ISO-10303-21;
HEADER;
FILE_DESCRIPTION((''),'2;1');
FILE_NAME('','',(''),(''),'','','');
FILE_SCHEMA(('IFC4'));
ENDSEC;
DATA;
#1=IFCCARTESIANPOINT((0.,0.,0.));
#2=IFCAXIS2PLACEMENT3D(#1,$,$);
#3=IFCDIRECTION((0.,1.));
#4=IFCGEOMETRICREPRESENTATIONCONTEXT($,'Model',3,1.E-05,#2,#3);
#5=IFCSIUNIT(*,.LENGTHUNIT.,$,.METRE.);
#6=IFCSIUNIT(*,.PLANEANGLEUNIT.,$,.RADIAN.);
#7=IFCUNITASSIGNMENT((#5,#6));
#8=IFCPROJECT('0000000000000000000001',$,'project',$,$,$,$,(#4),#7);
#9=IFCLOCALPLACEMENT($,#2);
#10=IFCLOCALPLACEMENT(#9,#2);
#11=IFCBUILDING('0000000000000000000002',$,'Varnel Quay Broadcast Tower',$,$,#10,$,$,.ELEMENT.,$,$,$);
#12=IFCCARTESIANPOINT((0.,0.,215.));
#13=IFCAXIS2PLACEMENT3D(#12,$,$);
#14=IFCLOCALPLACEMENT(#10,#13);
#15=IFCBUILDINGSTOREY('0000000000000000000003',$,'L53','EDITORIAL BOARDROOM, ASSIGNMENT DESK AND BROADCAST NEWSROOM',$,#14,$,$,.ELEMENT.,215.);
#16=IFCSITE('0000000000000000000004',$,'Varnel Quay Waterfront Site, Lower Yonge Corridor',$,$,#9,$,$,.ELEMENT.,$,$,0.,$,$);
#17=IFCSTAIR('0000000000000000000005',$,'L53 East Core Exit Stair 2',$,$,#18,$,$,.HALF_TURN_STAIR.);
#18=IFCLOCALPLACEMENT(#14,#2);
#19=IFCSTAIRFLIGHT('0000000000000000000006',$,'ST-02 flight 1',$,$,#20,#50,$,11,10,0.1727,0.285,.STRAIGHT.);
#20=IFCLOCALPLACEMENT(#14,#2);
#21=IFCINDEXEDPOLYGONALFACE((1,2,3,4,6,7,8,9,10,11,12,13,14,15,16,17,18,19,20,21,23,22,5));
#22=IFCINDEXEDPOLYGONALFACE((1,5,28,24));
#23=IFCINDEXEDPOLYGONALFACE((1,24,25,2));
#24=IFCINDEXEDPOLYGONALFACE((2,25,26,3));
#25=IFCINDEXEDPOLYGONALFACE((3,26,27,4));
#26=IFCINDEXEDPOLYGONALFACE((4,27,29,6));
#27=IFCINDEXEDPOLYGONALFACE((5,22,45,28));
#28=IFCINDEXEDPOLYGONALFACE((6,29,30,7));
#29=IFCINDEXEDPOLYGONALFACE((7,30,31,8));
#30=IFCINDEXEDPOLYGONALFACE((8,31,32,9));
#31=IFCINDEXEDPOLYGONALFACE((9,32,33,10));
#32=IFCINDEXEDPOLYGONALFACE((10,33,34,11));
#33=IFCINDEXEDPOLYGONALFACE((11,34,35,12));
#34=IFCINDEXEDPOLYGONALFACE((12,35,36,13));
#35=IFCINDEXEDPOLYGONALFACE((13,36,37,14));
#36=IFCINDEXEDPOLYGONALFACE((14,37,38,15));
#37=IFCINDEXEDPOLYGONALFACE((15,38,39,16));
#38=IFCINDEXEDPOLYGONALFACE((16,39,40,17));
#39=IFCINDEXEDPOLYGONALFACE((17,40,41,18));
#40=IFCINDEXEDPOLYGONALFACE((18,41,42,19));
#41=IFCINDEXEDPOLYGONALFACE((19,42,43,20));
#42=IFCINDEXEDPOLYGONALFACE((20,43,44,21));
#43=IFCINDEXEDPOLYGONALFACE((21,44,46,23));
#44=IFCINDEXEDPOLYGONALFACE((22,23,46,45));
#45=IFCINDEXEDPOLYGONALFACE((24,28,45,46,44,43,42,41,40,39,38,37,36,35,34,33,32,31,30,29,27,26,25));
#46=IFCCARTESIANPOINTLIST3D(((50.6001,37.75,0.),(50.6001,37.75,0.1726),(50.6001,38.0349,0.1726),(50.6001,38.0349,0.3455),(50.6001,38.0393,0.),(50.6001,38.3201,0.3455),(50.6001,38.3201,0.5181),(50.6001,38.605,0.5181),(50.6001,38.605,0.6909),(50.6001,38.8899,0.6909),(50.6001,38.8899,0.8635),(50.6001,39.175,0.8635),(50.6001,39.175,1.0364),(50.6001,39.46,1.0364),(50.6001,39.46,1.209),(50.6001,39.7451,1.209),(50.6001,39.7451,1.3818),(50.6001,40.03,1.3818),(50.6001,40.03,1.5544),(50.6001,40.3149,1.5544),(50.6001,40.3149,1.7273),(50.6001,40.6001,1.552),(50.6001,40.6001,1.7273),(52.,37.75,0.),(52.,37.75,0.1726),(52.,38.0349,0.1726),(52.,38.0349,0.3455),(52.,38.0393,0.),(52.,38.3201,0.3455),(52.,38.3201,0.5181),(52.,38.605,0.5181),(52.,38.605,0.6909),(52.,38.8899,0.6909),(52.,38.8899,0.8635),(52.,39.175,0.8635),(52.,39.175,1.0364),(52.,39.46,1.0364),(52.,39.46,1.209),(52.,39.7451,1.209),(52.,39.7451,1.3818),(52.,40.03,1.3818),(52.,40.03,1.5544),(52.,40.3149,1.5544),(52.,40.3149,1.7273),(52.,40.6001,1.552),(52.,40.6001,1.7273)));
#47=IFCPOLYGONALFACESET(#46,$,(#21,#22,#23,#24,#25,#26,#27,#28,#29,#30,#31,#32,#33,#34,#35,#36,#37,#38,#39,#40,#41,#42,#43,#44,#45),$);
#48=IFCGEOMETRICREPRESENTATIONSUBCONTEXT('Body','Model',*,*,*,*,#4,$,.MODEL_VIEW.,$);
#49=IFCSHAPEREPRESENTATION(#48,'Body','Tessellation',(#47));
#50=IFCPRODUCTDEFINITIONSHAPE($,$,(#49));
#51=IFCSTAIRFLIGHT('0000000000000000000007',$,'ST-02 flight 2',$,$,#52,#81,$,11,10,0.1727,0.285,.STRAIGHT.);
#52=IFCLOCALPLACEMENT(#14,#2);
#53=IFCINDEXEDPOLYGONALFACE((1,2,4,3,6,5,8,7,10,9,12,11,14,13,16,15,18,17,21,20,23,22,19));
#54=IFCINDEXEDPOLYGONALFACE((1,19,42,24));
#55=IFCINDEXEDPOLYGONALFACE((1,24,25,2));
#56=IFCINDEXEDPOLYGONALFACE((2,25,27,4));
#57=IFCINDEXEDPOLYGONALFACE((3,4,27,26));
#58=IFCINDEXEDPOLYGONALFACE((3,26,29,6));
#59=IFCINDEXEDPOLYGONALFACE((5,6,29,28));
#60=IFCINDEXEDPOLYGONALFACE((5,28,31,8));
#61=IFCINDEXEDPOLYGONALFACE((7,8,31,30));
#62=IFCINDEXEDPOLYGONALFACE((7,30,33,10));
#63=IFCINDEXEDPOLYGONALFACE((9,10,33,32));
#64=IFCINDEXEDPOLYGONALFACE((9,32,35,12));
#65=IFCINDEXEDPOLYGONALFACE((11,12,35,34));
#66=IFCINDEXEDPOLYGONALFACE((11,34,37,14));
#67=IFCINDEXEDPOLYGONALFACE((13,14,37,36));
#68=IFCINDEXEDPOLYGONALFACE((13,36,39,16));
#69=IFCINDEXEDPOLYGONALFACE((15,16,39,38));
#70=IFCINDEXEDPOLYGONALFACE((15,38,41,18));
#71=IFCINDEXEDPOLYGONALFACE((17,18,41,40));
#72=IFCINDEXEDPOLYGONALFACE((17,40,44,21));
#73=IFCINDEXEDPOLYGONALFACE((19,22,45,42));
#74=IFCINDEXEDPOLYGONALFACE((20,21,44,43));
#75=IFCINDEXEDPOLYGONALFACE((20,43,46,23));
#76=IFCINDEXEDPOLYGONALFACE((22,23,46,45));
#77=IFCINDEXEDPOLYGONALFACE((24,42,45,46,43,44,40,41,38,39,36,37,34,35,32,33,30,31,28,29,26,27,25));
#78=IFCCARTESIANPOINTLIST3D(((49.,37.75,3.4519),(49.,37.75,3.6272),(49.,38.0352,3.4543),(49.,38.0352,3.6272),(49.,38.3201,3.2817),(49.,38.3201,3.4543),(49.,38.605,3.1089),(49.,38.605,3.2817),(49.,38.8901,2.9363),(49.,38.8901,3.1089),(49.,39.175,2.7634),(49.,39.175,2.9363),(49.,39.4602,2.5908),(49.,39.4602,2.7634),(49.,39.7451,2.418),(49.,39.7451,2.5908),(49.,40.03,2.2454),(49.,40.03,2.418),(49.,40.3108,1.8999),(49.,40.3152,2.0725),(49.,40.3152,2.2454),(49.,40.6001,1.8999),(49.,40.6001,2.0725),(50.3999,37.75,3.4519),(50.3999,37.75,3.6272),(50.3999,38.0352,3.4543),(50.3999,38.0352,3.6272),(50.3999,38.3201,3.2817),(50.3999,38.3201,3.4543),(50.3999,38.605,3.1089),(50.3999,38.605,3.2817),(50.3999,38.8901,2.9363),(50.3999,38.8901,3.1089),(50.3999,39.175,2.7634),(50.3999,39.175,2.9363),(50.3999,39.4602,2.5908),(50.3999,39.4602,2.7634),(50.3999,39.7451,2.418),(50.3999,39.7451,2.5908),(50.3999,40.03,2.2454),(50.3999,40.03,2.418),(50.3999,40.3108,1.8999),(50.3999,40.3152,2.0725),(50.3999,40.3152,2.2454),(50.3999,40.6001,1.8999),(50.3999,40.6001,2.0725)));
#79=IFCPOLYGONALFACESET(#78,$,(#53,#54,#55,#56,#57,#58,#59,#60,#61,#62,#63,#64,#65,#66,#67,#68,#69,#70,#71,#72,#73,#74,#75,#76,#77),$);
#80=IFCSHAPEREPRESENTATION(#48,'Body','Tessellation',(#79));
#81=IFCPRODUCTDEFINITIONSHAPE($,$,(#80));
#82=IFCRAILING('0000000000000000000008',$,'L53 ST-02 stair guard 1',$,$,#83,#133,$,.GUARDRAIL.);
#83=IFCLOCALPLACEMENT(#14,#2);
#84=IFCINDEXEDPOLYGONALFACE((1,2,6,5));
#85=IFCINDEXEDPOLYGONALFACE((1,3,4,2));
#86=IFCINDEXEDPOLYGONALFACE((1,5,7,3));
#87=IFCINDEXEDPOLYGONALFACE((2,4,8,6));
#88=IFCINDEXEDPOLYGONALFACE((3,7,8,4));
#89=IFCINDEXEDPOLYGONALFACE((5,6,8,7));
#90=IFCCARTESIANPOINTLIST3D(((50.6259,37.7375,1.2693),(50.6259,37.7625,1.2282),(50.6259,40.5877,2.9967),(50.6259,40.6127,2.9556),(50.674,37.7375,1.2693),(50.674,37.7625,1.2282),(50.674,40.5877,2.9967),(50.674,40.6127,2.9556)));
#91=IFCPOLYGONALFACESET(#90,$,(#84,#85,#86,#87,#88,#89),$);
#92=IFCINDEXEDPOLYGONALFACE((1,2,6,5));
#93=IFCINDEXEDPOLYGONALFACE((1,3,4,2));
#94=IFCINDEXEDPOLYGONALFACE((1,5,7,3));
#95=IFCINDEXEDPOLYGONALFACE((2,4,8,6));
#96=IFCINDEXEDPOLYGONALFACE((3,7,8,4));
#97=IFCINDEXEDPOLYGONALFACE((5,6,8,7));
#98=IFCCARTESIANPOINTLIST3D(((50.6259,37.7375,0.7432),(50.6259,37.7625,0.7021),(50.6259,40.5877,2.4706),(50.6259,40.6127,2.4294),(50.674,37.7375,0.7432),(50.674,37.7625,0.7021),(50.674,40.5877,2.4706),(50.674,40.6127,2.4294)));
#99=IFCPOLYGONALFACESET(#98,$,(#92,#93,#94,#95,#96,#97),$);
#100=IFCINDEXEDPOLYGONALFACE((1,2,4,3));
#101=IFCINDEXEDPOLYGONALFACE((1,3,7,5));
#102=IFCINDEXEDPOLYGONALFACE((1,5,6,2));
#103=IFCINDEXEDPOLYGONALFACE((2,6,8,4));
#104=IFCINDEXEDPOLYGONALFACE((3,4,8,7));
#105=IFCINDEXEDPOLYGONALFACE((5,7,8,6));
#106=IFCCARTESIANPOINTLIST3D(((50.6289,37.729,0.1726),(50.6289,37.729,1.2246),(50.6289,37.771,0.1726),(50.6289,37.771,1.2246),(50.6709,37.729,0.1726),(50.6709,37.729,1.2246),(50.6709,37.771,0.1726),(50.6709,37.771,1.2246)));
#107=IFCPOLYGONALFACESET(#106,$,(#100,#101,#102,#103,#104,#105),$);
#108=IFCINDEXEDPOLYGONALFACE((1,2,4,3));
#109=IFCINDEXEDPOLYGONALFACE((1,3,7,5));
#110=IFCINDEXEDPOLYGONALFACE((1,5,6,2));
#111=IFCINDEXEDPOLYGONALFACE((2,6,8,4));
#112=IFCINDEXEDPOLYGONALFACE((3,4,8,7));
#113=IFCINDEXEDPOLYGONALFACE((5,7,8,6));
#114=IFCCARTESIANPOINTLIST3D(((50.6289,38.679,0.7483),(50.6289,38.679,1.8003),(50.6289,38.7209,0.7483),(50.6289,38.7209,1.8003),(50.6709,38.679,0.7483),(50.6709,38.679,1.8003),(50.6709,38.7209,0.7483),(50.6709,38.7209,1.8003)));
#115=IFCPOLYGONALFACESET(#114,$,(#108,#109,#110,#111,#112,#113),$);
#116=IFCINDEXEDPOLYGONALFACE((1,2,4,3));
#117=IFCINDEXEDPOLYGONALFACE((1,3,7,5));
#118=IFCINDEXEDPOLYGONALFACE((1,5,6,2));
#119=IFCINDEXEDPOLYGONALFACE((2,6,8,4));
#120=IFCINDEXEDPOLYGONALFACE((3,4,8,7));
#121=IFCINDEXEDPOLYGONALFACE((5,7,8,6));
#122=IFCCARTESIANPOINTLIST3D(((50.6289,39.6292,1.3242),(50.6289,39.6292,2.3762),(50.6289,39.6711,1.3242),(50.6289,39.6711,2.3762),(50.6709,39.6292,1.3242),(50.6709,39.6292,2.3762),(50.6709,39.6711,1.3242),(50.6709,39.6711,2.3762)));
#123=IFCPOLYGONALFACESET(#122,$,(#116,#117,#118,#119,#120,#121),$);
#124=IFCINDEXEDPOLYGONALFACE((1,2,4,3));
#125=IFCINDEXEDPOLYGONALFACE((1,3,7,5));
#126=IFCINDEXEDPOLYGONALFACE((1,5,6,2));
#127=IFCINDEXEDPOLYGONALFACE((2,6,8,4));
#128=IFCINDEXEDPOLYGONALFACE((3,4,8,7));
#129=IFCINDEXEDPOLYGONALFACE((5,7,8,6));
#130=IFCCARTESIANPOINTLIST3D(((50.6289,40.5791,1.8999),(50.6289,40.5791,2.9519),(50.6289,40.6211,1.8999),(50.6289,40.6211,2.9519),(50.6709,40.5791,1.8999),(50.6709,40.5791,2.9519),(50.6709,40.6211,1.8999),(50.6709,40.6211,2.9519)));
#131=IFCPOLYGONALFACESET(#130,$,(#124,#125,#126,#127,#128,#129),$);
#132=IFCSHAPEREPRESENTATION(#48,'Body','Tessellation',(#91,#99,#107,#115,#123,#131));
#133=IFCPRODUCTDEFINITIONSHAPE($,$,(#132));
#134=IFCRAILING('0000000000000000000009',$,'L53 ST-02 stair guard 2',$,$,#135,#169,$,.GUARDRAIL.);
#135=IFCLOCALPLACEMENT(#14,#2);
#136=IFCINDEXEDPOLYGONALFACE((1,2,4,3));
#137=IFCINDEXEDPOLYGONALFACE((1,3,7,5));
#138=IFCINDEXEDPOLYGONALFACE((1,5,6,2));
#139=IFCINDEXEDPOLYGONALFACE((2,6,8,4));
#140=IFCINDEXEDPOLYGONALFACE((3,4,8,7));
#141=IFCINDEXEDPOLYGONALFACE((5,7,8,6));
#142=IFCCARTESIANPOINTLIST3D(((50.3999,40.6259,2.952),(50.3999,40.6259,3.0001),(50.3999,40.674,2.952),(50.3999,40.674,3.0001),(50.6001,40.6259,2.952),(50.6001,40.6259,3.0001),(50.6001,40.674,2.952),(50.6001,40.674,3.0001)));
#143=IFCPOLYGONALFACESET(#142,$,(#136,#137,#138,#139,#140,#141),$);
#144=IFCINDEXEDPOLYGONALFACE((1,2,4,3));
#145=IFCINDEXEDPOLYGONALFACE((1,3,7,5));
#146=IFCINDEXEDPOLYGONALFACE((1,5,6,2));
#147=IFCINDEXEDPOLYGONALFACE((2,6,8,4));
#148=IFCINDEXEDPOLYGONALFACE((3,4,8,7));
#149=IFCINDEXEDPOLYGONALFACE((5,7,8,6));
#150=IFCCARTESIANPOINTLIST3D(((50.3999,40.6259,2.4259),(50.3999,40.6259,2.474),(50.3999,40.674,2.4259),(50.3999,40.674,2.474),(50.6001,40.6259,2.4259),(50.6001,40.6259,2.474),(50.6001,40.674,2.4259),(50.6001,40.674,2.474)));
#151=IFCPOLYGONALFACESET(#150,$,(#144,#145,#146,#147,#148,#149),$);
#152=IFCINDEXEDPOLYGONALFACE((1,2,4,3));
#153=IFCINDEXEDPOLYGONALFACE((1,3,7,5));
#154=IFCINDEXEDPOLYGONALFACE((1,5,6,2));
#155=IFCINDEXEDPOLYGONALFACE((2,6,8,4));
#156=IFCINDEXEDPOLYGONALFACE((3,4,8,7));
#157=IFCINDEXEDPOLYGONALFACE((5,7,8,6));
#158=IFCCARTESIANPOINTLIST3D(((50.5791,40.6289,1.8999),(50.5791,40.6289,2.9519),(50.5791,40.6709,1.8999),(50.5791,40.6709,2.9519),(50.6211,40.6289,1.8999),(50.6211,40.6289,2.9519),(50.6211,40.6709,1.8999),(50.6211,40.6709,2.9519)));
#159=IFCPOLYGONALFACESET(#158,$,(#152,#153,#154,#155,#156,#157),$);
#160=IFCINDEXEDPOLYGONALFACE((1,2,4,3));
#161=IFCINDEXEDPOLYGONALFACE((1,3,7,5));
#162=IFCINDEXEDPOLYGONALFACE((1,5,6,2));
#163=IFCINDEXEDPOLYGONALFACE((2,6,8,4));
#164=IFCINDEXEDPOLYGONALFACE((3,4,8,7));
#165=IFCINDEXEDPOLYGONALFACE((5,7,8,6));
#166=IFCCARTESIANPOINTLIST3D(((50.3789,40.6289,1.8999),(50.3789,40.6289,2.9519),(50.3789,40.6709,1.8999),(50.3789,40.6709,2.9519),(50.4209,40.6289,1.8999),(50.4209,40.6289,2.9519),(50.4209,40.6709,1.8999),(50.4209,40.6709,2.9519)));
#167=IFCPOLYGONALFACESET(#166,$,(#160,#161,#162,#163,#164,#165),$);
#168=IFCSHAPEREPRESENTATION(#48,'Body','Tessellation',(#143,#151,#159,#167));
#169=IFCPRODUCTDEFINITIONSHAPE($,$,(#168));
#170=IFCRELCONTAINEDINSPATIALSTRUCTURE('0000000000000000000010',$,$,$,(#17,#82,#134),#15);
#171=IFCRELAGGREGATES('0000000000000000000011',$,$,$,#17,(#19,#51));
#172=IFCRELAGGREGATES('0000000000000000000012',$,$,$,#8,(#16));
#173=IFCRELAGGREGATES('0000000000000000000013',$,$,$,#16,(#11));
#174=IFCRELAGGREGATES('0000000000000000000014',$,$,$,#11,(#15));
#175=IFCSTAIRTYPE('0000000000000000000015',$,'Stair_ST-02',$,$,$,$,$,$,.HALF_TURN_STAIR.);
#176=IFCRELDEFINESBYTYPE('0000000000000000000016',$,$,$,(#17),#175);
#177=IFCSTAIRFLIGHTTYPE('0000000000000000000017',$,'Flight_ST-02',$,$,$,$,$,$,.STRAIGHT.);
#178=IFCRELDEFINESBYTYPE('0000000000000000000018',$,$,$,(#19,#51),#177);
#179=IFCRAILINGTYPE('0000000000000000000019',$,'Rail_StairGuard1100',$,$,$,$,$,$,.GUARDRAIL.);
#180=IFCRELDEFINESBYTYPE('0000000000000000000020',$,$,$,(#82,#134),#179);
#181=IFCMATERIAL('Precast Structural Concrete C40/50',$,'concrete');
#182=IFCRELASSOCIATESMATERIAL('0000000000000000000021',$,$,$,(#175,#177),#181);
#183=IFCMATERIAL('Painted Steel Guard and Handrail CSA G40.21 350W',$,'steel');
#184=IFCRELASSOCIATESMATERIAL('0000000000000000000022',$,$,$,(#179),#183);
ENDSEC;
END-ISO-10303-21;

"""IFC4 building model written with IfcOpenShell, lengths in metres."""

from ifc_helpers import new_model, si_unit, direction, frame, origin, origin_2d, place, context, subcontext, project, spatial, polyline, rectangle, outline, extrude, material, type_object, element, aggregate, save


model = new_model("IFC4")

# Units and contexts
model_context = context("Model", 3, precision=1e-05, world=origin(), true_north=direction((0.0, 1.0)))
body_context = subcontext(model_context, "Body", "Model", "MODEL_VIEW")
ifc_project = project(units=[si_unit("LENGTHUNIT", "METRE"), si_unit("PLANEANGLEUNIT", "RADIAN")], contexts=[model_context])

# Site, building, storey
site_placement = place(None, origin())
site = spatial("IfcSite", under=ifc_project, at=site_placement, Name="Varnel Quay Waterfront Site, Lower Yonge Corridor", CompositionType="ELEMENT", RefElevation=0.0)
building_placement = place(site_placement, origin())
building = spatial("IfcBuilding", under=site, at=building_placement, Name="Varnel Quay Broadcast Tower", CompositionType="ELEMENT")
storey_placement = place(building_placement, frame((0.0, 0.0, 215.0)))
storey = spatial("IfcBuildingStorey", under=building, at=storey_placement, Name="L53", Description="EDITORIAL BOARDROOM, ASSIGNMENT DESK AND BROADCAST NEWSROOM", CompositionType="ELEMENT", Elevation=215.0)

# Stair, stair flights
ifc_material_1 = material(Name="Precast Structural Concrete C40/50", Category="concrete")
stair_type = type_object("IfcStairType", Name="Stair_ST-02", PredefinedType="HALF_TURN_STAIR", material=ifc_material_1)
stair_placement = place(storey_placement, origin())
stair = element("IfcStair", 1, at=stair_placement, inside=storey, type_object=stair_type, Name="L53 East Core Exit Stair 2", PredefinedType="HALF_TURN_STAIR")
stair_flight_type = type_object("IfcStairFlightType", Name="Flight_ST-02", PredefinedType="STRAIGHT", material=ifc_material_1)
stair_flight_1_placement = place(storey_placement, frame((51.3, 37.75, 0.0), z_axis=(0.0, 0.0, 1.0), x_axis=(0.0, 1.0, 0.0)))
stair_flight_1 = element("IfcStairFlight", 2, at=stair_flight_1_placement, type_object=stair_flight_type, Name="ST-02 flight 1", NumberOfRisers=11, NumberOfTreads=10, PredefinedType="STRAIGHT", RiserHeight=0.1727, TreadLength=0.285, context=body_context, shape_type="SweptSolid", body=[
    extrude(outline(polyline([(0.0, 0.0), (0.0, 0.1726), (0.2849, 0.1726), (0.2849, 0.3455), (0.5701, 0.3455), (0.5701, 0.5181), (0.855, 0.5181), (0.855, 0.6909), (1.1399, 0.6909), (1.1399, 0.8635), (1.425, 0.8635), (1.425, 1.0364), (1.71, 1.0364), (1.71, 1.209), (1.9951, 1.209), (1.9951, 1.3818), (2.28, 1.3818), (2.28, 1.5544), (2.5649, 1.5544), (2.5649, 1.7273), (2.8501, 1.7273), (2.8501, 1.8999), (2.8501, 1.552), (0.2893, 0.0), (0.0, 0.0)])), frame((0.0, 0.7, 0.0), z_axis=(0.0, -1.0, 0.0), x_axis=(1.0, 0.0, 0.0)), (0.0, 0.0, 1.0), 1.3999),
])
stair_flight_2_placement = place(storey_placement, frame((49.7, 40.6001, 1.8999), z_axis=(0.0, 0.0, 1.0), x_axis=(0.0, -1.0, 0.0)))
stair_flight_2 = element("IfcStairFlight", 3, at=stair_flight_2_placement, type_object=stair_flight_type, Name="ST-02 flight 2", NumberOfRisers=11, NumberOfTreads=10, PredefinedType="STRAIGHT", RiserHeight=0.1727, TreadLength=0.285, context=body_context, shape_type="SweptSolid", body=[
    extrude(outline(polyline([(0.0, 0.0), (0.0, 0.1726), (0.2849, 0.1726), (0.2849, 0.3455), (0.5701, 0.3455), (0.5701, 0.5181), (0.855, 0.5181), (0.855, 0.6909), (1.1399, 0.6909), (1.1399, 0.8635), (1.425, 0.8635), (1.425, 1.0364), (1.71, 1.0364), (1.71, 1.209), (1.9951, 1.209), (1.9951, 1.3818), (2.28, 1.3818), (2.28, 1.5544), (2.5649, 1.5544), (2.5649, 1.7273), (2.8501, 1.7273), (2.8501, 1.8999), (2.8501, 1.552), (0.2893, 0.0), (0.0, 0.0)])), frame((0.0, 0.7, 0.0), z_axis=(0.0, -1.0, 0.0), x_axis=(1.0, 0.0, 0.0)), (0.0, 0.0, 1.0), 1.3999),
])
aggregate(stair, [stair_flight_1, stair_flight_2])

# Railings
ifc_material_2 = material(Name="Painted Steel Guard and Handrail CSA G40.21 350W", Category="steel")
railing_type_1 = type_object("IfcRailingType", Name="Rail_StairGuard1100", PredefinedType="GUARDRAIL", material=ifc_material_2)
railing_1_placement = place(storey_placement, frame((50.6499, 37.75, 0.1726)))
element("IfcRailing", 4, at=railing_1_placement, inside=storey, type_object=railing_type_1, Name="L53 ST-02 stair guard 1", PredefinedType="GUARDRAIL", context=body_context, shape_type="SweptSolid", body=[
    extrude(rectangle(XDim=0.0481, YDim=0.0481, at=origin_2d()), frame((0.0, 0.0, 1.0762), z_axis=(0.0, 0.855203, 0.518294), x_axis=(-1.0, 0.0, 0.0)), (0.0, 0.0, 1.0), 3.3328),
    extrude(rectangle(XDim=0.0481, YDim=0.0481, at=origin_2d()), frame((0.0, 0.0, 0.55), z_axis=(0.0, 0.855203, 0.518294), x_axis=(-1.0, 0.0, 0.0)), (0.0, 0.0, 1.0), 3.3328),
    extrude(rectangle(XDim=0.042, YDim=0.042, at=origin_2d()), origin(), (0.0, 0.0, 1.0), 1.052),
    extrude(rectangle(XDim=0.042, YDim=0.042, at=origin_2d()), frame((0.0, 0.95, 0.5757)), (0.0, 0.0, 1.0), 1.052),
    extrude(rectangle(XDim=0.042, YDim=0.042, at=origin_2d()), frame((0.0, 1.9001, 1.1516)), (0.0, 0.0, 1.0), 1.052),
    extrude(rectangle(XDim=0.042, YDim=0.042, at=origin_2d()), frame((0.0, 2.8501, 1.7273)), (0.0, 0.0, 1.0), 1.052),
])
railing_2_placement = place(storey_placement, frame((50.6001, 40.6499, 1.8999)))
element("IfcRailing", 5, at=railing_2_placement, inside=storey, type_object=railing_type_1, Name="L53 ST-02 stair guard 2", PredefinedType="GUARDRAIL", context=body_context, shape_type="SweptSolid", body=[
    extrude(rectangle(XDim=0.0481, YDim=0.0481, at=origin_2d()), frame((0.0, 0.0, 1.0762), z_axis=(-1.0, 0.0, 0.0), x_axis=(0.0, -1.0, 0.0)), (0.0, 0.0, 1.0), 0.2002),
    extrude(rectangle(XDim=0.0481, YDim=0.0481, at=origin_2d()), frame((0.0, 0.0, 0.55), z_axis=(-1.0, 0.0, 0.0), x_axis=(0.0, -1.0, 0.0)), (0.0, 0.0, 1.0), 0.2002),
    extrude(rectangle(XDim=0.042, YDim=0.042, at=origin_2d()), origin(), (0.0, 0.0, 1.0), 1.052),
    extrude(rectangle(XDim=0.042, YDim=0.042, at=origin_2d()), frame((-0.2002, 0.0, 0.0)), (0.0, 0.0, 1.0), 1.052),
])

save(model, "model.ifc")
